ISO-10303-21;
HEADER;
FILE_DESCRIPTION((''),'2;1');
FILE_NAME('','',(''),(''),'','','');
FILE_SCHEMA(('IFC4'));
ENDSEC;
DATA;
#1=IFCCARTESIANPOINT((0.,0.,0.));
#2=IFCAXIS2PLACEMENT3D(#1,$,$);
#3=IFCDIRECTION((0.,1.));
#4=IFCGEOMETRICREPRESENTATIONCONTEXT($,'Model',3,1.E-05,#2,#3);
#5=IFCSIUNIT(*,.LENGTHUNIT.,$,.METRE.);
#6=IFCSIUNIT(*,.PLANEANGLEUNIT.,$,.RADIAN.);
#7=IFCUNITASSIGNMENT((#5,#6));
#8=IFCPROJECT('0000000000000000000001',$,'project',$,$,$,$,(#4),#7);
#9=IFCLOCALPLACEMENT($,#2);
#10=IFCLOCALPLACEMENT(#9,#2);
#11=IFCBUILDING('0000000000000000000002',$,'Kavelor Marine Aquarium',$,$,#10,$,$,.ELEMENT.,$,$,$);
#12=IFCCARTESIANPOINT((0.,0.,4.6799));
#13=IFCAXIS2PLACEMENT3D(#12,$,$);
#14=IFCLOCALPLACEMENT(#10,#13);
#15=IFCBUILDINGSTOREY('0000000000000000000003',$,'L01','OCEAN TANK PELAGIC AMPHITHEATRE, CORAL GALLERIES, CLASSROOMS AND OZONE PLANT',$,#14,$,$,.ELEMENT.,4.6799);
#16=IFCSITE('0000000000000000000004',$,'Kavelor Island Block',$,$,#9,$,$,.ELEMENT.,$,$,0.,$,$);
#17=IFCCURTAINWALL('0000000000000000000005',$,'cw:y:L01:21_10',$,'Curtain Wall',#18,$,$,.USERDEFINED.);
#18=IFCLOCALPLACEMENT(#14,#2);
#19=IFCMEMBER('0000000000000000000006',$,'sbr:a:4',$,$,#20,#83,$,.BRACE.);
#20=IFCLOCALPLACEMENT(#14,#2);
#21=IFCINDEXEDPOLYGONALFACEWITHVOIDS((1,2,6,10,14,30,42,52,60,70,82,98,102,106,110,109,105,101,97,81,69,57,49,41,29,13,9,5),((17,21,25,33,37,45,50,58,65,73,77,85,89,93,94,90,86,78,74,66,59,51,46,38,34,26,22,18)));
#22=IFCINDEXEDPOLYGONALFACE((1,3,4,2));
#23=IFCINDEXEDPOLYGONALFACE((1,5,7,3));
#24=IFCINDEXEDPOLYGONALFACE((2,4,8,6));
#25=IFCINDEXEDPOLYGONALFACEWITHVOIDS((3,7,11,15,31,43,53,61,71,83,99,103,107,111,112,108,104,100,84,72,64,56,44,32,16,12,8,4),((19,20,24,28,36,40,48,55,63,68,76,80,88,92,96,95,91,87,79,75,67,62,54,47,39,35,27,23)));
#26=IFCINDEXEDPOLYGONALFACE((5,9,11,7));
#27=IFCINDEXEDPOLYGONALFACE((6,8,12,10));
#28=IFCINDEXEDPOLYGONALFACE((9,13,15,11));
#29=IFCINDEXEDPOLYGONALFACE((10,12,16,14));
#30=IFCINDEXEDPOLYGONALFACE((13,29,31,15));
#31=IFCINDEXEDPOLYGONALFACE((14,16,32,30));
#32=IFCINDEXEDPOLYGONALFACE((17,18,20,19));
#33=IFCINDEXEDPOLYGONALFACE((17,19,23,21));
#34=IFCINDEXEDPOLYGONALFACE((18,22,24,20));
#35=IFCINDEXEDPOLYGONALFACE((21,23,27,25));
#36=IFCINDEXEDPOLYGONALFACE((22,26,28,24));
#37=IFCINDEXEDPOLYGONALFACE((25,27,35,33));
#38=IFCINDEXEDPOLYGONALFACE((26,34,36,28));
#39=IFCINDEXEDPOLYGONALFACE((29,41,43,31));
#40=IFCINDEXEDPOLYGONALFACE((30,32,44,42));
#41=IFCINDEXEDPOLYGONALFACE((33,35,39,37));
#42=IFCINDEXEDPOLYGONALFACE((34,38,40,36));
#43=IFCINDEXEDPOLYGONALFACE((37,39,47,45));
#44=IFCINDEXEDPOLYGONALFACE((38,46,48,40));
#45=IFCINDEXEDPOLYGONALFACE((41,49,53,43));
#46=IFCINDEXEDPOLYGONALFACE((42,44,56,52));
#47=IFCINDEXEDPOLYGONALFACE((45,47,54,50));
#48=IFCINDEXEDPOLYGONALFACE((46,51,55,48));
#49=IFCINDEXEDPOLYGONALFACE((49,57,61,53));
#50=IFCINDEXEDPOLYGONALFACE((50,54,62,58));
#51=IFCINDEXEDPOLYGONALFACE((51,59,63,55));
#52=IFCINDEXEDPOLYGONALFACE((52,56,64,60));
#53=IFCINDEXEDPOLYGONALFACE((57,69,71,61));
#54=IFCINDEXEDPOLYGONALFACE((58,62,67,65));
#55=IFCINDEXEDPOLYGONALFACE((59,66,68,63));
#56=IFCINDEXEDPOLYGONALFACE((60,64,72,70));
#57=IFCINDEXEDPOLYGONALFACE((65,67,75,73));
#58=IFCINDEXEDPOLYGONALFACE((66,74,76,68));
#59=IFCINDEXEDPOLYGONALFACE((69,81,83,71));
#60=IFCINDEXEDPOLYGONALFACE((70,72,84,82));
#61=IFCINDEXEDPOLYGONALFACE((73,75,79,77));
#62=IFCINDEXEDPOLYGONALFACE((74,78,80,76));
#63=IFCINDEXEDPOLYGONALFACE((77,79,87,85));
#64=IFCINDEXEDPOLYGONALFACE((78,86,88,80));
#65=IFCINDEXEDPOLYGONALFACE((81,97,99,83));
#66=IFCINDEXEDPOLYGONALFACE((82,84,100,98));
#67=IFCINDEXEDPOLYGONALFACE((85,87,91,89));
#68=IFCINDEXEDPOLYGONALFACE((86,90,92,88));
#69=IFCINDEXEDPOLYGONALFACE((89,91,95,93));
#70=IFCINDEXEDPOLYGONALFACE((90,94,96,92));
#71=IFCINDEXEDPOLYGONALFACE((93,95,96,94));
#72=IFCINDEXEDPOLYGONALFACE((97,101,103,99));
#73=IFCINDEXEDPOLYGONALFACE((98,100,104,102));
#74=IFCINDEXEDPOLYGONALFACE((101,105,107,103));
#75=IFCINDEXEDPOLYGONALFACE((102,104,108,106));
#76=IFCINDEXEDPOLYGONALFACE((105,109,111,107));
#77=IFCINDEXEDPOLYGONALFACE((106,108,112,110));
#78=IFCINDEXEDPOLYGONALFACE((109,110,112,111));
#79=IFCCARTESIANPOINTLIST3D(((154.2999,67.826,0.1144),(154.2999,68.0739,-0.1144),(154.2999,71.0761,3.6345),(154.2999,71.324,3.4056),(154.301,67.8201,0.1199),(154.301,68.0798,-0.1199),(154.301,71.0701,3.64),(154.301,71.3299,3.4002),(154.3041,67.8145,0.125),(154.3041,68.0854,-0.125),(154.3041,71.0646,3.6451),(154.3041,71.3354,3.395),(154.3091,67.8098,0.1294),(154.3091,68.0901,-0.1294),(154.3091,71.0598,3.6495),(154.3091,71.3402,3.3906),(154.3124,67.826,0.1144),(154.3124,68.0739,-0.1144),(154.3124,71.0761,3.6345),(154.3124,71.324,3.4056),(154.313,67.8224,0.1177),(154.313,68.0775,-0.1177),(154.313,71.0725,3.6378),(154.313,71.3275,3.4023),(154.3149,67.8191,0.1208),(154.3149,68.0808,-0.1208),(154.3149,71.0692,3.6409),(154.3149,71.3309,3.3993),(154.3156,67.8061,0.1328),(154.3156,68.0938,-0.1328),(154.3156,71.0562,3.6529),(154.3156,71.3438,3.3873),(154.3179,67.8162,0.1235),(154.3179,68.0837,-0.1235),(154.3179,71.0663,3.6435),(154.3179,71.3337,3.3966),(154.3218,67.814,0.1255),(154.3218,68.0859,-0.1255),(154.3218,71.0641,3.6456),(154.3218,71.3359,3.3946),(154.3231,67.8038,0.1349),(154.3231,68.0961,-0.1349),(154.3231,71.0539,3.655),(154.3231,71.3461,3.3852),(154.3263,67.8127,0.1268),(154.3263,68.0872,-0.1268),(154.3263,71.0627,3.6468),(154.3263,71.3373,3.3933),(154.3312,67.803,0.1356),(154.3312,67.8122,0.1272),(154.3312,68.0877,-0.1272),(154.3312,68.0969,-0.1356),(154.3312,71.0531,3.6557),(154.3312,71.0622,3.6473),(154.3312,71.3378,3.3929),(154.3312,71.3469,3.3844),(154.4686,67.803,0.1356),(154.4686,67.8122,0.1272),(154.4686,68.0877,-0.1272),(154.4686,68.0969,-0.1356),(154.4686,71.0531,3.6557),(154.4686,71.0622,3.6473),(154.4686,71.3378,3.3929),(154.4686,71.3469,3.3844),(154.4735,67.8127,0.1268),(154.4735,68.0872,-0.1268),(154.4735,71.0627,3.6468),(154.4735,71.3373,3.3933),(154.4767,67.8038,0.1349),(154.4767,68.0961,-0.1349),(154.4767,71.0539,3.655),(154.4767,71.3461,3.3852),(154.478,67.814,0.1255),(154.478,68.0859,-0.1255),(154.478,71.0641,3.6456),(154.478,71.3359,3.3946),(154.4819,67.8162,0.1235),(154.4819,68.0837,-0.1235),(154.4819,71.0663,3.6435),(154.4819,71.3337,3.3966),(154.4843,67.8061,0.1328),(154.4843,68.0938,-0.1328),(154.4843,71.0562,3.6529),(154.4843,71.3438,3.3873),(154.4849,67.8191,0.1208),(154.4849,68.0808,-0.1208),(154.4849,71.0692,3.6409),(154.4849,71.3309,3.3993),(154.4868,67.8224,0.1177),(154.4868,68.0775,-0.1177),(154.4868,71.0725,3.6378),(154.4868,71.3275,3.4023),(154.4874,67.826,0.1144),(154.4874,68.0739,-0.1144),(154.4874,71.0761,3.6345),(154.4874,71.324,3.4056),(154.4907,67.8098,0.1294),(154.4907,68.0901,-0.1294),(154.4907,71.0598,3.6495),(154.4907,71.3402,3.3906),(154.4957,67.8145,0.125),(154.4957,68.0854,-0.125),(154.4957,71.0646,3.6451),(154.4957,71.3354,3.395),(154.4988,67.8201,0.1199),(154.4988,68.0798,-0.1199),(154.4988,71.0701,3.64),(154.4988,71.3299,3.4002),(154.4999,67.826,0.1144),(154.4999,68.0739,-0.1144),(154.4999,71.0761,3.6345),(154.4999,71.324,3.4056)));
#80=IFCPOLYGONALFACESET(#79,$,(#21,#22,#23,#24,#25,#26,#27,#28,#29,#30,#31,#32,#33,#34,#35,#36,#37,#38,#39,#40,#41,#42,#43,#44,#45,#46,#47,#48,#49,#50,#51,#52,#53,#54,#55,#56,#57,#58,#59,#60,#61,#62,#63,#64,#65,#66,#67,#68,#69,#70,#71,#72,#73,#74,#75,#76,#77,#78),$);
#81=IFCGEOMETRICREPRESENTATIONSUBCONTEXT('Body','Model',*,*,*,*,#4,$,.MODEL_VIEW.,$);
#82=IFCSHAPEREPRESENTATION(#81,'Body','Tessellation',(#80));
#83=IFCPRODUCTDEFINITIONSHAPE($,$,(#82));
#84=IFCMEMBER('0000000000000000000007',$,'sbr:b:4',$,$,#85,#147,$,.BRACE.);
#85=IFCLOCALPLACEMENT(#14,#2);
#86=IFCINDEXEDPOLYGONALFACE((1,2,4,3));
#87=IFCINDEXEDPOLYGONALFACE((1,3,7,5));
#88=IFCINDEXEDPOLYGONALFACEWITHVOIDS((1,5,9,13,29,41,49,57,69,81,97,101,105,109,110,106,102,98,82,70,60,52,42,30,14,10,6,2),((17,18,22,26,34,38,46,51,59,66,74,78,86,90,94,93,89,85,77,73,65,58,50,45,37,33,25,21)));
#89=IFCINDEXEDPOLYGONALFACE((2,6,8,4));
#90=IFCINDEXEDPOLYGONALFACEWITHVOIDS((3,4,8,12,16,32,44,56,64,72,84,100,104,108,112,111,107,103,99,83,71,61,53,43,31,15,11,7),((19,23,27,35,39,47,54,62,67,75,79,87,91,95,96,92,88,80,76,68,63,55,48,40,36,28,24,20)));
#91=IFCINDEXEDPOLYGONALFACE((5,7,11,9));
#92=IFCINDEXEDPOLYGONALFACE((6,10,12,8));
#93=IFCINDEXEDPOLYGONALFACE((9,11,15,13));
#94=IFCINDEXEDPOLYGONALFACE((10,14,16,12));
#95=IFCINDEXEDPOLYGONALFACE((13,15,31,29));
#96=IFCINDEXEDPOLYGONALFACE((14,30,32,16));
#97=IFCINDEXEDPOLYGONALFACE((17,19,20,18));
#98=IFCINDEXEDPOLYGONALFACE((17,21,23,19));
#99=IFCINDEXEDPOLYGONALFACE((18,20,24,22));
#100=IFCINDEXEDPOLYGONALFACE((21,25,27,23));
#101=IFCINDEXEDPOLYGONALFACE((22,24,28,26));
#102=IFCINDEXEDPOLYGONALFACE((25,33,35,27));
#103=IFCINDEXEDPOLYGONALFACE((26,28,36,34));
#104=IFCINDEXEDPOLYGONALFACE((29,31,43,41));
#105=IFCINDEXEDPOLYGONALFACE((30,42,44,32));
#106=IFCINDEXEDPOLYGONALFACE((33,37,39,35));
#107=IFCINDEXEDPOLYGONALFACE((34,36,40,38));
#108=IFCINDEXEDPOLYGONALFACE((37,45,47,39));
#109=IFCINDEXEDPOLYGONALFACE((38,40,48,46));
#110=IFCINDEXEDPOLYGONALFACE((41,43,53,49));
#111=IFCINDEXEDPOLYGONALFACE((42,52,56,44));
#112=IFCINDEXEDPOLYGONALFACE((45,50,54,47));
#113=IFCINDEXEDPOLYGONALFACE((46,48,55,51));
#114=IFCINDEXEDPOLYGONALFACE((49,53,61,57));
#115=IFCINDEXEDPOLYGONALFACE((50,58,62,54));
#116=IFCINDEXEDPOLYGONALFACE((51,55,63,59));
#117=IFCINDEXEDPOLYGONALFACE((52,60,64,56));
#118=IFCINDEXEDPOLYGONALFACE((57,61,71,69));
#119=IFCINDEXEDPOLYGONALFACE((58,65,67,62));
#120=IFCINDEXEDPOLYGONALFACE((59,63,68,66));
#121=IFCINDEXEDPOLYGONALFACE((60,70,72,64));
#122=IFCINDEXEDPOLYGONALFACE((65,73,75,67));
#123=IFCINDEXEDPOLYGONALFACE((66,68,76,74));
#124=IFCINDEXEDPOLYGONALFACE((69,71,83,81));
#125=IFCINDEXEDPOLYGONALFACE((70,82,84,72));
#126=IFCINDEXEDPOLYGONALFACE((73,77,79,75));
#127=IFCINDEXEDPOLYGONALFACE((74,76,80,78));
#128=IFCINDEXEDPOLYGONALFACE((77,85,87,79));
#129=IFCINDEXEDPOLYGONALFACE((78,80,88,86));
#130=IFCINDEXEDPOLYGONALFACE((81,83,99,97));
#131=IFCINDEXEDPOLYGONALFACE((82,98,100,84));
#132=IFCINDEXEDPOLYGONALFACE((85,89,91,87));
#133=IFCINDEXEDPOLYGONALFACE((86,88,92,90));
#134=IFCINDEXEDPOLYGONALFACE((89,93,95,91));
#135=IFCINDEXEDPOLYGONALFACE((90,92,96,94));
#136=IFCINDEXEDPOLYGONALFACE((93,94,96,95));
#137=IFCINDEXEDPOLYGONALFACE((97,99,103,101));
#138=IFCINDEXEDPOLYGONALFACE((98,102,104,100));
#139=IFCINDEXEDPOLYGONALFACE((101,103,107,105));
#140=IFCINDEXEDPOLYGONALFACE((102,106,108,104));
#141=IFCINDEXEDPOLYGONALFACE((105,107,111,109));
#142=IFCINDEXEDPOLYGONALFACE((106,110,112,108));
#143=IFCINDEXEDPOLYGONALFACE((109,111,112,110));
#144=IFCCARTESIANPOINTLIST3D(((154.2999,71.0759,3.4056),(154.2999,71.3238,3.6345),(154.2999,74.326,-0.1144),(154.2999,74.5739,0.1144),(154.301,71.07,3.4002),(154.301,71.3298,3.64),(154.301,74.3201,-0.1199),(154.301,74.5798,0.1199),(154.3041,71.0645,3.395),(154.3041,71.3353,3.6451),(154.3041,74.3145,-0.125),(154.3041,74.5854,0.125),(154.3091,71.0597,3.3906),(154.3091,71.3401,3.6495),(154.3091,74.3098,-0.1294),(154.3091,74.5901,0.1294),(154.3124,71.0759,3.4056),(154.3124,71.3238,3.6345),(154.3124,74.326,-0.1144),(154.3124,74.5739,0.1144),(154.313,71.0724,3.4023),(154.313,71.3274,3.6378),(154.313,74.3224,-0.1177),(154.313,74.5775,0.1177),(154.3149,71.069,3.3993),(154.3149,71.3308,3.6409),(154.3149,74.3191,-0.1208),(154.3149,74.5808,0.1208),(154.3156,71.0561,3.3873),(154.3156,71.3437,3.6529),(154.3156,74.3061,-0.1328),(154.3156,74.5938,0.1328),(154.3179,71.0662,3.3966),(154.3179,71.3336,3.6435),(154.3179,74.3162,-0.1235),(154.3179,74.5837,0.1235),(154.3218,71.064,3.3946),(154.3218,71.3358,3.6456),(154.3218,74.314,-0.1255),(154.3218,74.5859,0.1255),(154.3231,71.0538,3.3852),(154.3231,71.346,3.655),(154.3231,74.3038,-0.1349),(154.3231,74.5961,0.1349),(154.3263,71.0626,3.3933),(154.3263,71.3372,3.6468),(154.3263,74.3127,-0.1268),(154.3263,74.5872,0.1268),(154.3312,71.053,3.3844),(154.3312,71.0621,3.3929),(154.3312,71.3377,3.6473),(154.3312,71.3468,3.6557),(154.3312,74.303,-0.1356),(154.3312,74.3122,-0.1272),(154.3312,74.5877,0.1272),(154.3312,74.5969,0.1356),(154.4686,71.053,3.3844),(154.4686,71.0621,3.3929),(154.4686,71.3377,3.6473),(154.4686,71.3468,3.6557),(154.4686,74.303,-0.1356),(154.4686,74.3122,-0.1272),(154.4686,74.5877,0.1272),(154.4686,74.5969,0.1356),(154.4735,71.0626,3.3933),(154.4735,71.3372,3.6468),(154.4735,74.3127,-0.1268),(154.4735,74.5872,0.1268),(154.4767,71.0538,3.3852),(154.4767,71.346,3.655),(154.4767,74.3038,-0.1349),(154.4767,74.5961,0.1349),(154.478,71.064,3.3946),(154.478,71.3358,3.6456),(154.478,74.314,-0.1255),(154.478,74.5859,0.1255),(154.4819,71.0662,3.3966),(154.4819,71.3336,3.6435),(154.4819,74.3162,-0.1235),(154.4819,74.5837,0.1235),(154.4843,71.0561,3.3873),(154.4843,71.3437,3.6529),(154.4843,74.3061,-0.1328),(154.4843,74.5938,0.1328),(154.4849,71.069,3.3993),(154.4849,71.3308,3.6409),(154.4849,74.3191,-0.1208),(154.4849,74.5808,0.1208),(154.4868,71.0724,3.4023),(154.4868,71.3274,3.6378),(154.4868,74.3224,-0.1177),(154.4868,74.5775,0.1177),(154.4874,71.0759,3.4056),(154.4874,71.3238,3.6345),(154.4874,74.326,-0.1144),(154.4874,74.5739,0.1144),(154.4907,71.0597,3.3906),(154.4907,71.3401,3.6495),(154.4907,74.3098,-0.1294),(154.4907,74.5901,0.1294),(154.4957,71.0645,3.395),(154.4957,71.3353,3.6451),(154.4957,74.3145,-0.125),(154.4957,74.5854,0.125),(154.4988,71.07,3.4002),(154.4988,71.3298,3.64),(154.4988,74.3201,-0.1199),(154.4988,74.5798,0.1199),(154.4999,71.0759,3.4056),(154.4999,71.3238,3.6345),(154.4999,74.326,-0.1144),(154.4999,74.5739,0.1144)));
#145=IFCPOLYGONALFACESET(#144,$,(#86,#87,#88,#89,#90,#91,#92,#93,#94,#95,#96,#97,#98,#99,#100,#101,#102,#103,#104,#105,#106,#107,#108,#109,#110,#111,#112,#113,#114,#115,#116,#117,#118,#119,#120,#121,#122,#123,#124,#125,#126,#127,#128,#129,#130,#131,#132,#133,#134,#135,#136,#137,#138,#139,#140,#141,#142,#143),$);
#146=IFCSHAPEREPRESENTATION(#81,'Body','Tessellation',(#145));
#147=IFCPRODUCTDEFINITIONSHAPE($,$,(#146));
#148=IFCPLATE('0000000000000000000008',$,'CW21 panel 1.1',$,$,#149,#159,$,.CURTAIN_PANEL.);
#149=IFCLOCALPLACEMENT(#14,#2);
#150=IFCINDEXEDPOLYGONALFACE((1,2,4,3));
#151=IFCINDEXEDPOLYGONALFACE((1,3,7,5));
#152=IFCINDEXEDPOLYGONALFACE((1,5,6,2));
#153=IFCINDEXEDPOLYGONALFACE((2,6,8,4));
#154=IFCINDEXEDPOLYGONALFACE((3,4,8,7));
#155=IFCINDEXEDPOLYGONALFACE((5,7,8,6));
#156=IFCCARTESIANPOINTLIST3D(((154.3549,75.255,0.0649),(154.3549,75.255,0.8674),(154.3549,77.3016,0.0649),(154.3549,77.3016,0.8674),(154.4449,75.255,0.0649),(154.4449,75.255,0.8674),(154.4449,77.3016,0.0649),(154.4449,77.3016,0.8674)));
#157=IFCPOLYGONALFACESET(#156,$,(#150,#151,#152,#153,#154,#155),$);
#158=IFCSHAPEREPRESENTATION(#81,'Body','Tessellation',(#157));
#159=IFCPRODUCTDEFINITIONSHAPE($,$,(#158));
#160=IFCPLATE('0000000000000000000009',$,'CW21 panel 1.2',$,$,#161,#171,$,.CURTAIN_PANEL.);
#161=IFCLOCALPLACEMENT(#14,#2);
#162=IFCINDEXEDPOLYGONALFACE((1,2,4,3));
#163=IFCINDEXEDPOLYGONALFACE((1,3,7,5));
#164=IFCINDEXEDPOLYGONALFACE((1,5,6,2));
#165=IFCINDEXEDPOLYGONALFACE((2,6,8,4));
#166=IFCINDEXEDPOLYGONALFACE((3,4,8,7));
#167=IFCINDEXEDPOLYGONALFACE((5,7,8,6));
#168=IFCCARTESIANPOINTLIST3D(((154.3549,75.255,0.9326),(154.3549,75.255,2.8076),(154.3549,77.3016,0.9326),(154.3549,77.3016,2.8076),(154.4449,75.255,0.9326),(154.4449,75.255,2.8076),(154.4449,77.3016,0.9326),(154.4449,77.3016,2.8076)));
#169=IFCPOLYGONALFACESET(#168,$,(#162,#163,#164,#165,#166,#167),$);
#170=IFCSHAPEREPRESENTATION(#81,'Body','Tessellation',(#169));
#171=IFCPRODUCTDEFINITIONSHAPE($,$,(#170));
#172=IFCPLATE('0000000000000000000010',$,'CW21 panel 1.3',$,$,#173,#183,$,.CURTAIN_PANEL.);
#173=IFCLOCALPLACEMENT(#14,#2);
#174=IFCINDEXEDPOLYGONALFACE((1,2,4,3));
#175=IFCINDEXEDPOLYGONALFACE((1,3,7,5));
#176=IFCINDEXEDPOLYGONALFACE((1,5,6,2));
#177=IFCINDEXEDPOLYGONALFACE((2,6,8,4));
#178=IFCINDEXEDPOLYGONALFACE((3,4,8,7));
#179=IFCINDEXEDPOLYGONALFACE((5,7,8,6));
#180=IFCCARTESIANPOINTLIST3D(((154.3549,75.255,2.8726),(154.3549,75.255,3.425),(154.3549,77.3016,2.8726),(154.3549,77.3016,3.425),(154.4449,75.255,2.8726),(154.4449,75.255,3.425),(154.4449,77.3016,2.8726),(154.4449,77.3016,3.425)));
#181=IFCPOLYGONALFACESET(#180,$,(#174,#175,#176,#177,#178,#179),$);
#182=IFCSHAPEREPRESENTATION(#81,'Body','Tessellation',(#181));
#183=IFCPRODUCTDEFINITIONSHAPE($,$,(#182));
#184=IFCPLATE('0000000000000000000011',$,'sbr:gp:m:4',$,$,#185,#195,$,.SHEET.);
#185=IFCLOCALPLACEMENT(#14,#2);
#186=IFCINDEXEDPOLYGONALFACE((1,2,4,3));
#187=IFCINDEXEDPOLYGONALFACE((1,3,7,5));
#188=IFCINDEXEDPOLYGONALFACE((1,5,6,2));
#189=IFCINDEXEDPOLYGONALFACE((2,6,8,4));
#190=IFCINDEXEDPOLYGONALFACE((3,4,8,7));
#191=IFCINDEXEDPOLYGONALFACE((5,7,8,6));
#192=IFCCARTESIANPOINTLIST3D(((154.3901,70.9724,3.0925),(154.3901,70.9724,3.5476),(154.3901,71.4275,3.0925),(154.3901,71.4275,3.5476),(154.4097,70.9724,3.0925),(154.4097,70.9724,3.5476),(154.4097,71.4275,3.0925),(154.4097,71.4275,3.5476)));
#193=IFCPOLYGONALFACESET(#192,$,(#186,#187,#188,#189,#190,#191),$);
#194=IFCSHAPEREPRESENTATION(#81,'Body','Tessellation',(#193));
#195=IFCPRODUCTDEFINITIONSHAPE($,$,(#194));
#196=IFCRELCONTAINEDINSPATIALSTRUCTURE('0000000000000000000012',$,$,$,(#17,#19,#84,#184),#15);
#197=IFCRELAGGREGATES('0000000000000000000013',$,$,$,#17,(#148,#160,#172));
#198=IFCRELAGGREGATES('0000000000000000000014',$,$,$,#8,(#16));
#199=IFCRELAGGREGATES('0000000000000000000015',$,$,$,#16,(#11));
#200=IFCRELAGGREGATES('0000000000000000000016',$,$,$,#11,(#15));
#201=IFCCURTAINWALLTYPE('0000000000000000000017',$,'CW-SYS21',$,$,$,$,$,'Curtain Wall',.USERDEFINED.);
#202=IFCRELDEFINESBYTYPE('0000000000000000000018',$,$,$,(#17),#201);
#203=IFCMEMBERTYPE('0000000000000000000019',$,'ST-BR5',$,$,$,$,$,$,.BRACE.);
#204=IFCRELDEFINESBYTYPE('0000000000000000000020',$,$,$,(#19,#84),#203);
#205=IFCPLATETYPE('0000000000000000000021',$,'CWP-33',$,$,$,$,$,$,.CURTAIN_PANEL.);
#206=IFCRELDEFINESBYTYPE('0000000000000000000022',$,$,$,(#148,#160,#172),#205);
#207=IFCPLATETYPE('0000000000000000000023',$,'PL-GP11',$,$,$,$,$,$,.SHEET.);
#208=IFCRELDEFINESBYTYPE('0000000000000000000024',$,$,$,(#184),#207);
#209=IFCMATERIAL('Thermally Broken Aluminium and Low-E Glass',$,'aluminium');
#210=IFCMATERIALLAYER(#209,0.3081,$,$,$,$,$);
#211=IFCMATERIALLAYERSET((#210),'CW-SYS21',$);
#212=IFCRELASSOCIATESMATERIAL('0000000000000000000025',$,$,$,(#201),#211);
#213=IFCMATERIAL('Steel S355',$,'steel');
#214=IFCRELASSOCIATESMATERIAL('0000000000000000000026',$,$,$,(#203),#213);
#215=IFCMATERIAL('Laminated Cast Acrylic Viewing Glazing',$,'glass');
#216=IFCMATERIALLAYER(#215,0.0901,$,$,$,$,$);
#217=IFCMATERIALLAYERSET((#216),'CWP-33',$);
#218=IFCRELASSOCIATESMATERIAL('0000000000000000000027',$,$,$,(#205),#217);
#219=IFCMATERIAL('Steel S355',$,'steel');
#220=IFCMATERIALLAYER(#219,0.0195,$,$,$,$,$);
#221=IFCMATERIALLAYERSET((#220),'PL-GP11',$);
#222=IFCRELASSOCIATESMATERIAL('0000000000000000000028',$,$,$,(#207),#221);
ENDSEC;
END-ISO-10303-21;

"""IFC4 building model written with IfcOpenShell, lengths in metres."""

from ifc_helpers import new_model, si_unit, direction, frame, origin, origin_2d, place, context, subcontext, project, spatial, rectangle, hollow_rectangle, extrude, material, layer, layer_set, material_profile, profile_set, type_object, element, aggregate, save


model = new_model("IFC4")

# Units and contexts
model_context = context("Model", 3, precision=1e-05, world=origin(), true_north=direction((0.0, 1.0)))
body_context = subcontext(model_context, "Body", "Model", "MODEL_VIEW")
ifc_project = project(units=[si_unit("LENGTHUNIT", "METRE"), si_unit("PLANEANGLEUNIT", "RADIAN")], contexts=[model_context])

# Site, building, storey
site_placement = place(None, origin())
site = spatial("IfcSite", under=ifc_project, at=site_placement, Name="Kavelor Island Block", CompositionType="ELEMENT", RefElevation=0.0)
building_placement = place(site_placement, origin())
building = spatial("IfcBuilding", under=site, at=building_placement, Name="Kavelor Marine Aquarium", CompositionType="ELEMENT")
storey_placement = place(building_placement, frame((0.0, 0.0, 4.6799)))
storey = spatial("IfcBuildingStorey", under=building, at=storey_placement, Name="L01", Description="OCEAN TANK PELAGIC AMPHITHEATRE, CORAL GALLERIES, CLASSROOMS AND OZONE PLANT", CompositionType="ELEMENT", Elevation=4.6799)

# Curtain wall
ifc_material_1 = material(Name="Thermally Broken Aluminium and Low-E Glass", Category="aluminium")
ifc_layer_1 = layer(ifc_material_1, 0.3081)
ifc_layer_set_1 = layer_set([ifc_layer_1], Name="CW-SYS21")
curtain_wall_type = type_object("IfcCurtainWallType", Name="CW-SYS21", ElementType="Curtain Wall", PredefinedType="USERDEFINED", material=ifc_layer_set_1)
curtain_wall_placement = place(storey_placement, origin())
curtain_wall = element("IfcCurtainWall", 1, at=curtain_wall_placement, inside=storey, type_object=curtain_wall_type, Name="cw:y:L01:21_10", ObjectType="Curtain Wall", PredefinedType="USERDEFINED")

# Members
ifc_material_2 = material(Name="Steel S355", Category="steel")
ifc_material_profile_1 = material_profile(ifc_material_2, hollow_rectangle(XDim=0.2, YDim=0.3999, WallThickness=0.0125, InnerFilletRadius=0.0188, OuterFilletRadius=0.0312, at=origin_2d()), Name="RHS 400x200x12.5")
ifc_profile_set_1 = profile_set([ifc_material_profile_1], Name="Steel S355")
member_type_1 = type_object("IfcMemberType", Name="ST-BR5", PredefinedType="BRACE", material=ifc_profile_set_1)
for number, where, z_axis, x_axis, name in (
    (2, (154.3999, 67.95, 0.0), (0.0, 0.678365, 0.734725), (-1.0, 0.0, 0.0), "sbr:a:4"),
    (3, (154.3999, 74.45, 0.0), (0.0, -0.678365, 0.734725), (1.0, 0.0, 0.0), "sbr:b:4"),
):
    element("IfcMember", number, at=place(storey_placement, frame(where, z_axis=z_axis, x_axis=x_axis)), inside=storey, type_object=member_type_1, Name=name, PredefinedType="BRACE", context=body_context, shape_type="SweptSolid", body=[
        extrude(hollow_rectangle(XDim=0.2, YDim=0.3999, WallThickness=0.0125, InnerFilletRadius=0.0188, OuterFilletRadius=0.0312, at=origin_2d()), origin(), (0.0, 0.0, 1.0), 4.791),
    ])

# Plates
ifc_material_3 = material(Name="Laminated Cast Acrylic Viewing Glazing", Category="glass")
ifc_layer_2 = layer(ifc_material_3, 0.0901)
ifc_layer_set_2 = layer_set([ifc_layer_2], Name="CWP-33")
plate_type_1 = type_object("IfcPlateType", Name="CWP-33", PredefinedType="CURTAIN_PANEL", material=ifc_layer_set_2)
plate_1_placement = place(storey_placement, frame((154.3999, 76.2783, 0.0649), z_axis=(0.0, 0.0, 1.0), x_axis=(0.0, 1.0, 0.0)))
plate_1 = element("IfcPlate", 4, at=plate_1_placement, type_object=plate_type_1, Name="CW21 panel 1.1", PredefinedType="CURTAIN_PANEL", context=body_context, shape_type="SweptSolid", body=[
    extrude(rectangle(XDim=2.0466, YDim=0.0901, at=origin_2d()), origin(), (0.0, 0.0, 1.0), 0.8025),
])
plate_2_placement = place(storey_placement, frame((154.3999, 76.2783, 0.9326), z_axis=(0.0, 0.0, 1.0), x_axis=(0.0, 1.0, 0.0)))
plate_2 = element("IfcPlate", 5, at=plate_2_placement, type_object=plate_type_1, Name="CW21 panel 1.2", PredefinedType="CURTAIN_PANEL", context=body_context, shape_type="SweptSolid", body=[
    extrude(rectangle(XDim=2.0466, YDim=0.0901, at=origin_2d()), origin(), (0.0, 0.0, 1.0), 1.875),
])
plate_3_placement = place(storey_placement, frame((154.3999, 76.2783, 2.8726), z_axis=(0.0, 0.0, 1.0), x_axis=(0.0, 1.0, 0.0)))
plate_3 = element("IfcPlate", 6, at=plate_3_placement, type_object=plate_type_1, Name="CW21 panel 1.3", PredefinedType="CURTAIN_PANEL", context=body_context, shape_type="SweptSolid", body=[
    extrude(rectangle(XDim=2.0466, YDim=0.0901, at=origin_2d()), origin(), (0.0, 0.0, 1.0), 0.5525),
])
aggregate(curtain_wall, [plate_1, plate_2, plate_3])

# Plate
ifc_material_4 = material(Name="Steel S355", Category="steel")
ifc_layer_3 = layer(ifc_material_4, 0.0195)
ifc_layer_set_3 = layer_set([ifc_layer_3], Name="PL-GP11")
plate_type_2 = type_object("IfcPlateType", Name="PL-GP11", PredefinedType="SHEET", material=ifc_layer_set_3)
plate_4_placement = place(storey_placement, frame((154.3999, 71.2, 3.0925), z_axis=(0.0, 0.0, 1.0), x_axis=(1.0, 0.0, 0.0)))
element("IfcPlate", 7, at=plate_4_placement, inside=storey, type_object=plate_type_2, Name="sbr:gp:m:4", PredefinedType="SHEET", context=body_context, shape_type="SweptSolid", body=[
    extrude(rectangle(XDim=0.0195, YDim=0.4551, at=origin_2d()), origin(), (0.0, 0.0, 1.0), 0.4551),
])

save(model, "model.ifc")
